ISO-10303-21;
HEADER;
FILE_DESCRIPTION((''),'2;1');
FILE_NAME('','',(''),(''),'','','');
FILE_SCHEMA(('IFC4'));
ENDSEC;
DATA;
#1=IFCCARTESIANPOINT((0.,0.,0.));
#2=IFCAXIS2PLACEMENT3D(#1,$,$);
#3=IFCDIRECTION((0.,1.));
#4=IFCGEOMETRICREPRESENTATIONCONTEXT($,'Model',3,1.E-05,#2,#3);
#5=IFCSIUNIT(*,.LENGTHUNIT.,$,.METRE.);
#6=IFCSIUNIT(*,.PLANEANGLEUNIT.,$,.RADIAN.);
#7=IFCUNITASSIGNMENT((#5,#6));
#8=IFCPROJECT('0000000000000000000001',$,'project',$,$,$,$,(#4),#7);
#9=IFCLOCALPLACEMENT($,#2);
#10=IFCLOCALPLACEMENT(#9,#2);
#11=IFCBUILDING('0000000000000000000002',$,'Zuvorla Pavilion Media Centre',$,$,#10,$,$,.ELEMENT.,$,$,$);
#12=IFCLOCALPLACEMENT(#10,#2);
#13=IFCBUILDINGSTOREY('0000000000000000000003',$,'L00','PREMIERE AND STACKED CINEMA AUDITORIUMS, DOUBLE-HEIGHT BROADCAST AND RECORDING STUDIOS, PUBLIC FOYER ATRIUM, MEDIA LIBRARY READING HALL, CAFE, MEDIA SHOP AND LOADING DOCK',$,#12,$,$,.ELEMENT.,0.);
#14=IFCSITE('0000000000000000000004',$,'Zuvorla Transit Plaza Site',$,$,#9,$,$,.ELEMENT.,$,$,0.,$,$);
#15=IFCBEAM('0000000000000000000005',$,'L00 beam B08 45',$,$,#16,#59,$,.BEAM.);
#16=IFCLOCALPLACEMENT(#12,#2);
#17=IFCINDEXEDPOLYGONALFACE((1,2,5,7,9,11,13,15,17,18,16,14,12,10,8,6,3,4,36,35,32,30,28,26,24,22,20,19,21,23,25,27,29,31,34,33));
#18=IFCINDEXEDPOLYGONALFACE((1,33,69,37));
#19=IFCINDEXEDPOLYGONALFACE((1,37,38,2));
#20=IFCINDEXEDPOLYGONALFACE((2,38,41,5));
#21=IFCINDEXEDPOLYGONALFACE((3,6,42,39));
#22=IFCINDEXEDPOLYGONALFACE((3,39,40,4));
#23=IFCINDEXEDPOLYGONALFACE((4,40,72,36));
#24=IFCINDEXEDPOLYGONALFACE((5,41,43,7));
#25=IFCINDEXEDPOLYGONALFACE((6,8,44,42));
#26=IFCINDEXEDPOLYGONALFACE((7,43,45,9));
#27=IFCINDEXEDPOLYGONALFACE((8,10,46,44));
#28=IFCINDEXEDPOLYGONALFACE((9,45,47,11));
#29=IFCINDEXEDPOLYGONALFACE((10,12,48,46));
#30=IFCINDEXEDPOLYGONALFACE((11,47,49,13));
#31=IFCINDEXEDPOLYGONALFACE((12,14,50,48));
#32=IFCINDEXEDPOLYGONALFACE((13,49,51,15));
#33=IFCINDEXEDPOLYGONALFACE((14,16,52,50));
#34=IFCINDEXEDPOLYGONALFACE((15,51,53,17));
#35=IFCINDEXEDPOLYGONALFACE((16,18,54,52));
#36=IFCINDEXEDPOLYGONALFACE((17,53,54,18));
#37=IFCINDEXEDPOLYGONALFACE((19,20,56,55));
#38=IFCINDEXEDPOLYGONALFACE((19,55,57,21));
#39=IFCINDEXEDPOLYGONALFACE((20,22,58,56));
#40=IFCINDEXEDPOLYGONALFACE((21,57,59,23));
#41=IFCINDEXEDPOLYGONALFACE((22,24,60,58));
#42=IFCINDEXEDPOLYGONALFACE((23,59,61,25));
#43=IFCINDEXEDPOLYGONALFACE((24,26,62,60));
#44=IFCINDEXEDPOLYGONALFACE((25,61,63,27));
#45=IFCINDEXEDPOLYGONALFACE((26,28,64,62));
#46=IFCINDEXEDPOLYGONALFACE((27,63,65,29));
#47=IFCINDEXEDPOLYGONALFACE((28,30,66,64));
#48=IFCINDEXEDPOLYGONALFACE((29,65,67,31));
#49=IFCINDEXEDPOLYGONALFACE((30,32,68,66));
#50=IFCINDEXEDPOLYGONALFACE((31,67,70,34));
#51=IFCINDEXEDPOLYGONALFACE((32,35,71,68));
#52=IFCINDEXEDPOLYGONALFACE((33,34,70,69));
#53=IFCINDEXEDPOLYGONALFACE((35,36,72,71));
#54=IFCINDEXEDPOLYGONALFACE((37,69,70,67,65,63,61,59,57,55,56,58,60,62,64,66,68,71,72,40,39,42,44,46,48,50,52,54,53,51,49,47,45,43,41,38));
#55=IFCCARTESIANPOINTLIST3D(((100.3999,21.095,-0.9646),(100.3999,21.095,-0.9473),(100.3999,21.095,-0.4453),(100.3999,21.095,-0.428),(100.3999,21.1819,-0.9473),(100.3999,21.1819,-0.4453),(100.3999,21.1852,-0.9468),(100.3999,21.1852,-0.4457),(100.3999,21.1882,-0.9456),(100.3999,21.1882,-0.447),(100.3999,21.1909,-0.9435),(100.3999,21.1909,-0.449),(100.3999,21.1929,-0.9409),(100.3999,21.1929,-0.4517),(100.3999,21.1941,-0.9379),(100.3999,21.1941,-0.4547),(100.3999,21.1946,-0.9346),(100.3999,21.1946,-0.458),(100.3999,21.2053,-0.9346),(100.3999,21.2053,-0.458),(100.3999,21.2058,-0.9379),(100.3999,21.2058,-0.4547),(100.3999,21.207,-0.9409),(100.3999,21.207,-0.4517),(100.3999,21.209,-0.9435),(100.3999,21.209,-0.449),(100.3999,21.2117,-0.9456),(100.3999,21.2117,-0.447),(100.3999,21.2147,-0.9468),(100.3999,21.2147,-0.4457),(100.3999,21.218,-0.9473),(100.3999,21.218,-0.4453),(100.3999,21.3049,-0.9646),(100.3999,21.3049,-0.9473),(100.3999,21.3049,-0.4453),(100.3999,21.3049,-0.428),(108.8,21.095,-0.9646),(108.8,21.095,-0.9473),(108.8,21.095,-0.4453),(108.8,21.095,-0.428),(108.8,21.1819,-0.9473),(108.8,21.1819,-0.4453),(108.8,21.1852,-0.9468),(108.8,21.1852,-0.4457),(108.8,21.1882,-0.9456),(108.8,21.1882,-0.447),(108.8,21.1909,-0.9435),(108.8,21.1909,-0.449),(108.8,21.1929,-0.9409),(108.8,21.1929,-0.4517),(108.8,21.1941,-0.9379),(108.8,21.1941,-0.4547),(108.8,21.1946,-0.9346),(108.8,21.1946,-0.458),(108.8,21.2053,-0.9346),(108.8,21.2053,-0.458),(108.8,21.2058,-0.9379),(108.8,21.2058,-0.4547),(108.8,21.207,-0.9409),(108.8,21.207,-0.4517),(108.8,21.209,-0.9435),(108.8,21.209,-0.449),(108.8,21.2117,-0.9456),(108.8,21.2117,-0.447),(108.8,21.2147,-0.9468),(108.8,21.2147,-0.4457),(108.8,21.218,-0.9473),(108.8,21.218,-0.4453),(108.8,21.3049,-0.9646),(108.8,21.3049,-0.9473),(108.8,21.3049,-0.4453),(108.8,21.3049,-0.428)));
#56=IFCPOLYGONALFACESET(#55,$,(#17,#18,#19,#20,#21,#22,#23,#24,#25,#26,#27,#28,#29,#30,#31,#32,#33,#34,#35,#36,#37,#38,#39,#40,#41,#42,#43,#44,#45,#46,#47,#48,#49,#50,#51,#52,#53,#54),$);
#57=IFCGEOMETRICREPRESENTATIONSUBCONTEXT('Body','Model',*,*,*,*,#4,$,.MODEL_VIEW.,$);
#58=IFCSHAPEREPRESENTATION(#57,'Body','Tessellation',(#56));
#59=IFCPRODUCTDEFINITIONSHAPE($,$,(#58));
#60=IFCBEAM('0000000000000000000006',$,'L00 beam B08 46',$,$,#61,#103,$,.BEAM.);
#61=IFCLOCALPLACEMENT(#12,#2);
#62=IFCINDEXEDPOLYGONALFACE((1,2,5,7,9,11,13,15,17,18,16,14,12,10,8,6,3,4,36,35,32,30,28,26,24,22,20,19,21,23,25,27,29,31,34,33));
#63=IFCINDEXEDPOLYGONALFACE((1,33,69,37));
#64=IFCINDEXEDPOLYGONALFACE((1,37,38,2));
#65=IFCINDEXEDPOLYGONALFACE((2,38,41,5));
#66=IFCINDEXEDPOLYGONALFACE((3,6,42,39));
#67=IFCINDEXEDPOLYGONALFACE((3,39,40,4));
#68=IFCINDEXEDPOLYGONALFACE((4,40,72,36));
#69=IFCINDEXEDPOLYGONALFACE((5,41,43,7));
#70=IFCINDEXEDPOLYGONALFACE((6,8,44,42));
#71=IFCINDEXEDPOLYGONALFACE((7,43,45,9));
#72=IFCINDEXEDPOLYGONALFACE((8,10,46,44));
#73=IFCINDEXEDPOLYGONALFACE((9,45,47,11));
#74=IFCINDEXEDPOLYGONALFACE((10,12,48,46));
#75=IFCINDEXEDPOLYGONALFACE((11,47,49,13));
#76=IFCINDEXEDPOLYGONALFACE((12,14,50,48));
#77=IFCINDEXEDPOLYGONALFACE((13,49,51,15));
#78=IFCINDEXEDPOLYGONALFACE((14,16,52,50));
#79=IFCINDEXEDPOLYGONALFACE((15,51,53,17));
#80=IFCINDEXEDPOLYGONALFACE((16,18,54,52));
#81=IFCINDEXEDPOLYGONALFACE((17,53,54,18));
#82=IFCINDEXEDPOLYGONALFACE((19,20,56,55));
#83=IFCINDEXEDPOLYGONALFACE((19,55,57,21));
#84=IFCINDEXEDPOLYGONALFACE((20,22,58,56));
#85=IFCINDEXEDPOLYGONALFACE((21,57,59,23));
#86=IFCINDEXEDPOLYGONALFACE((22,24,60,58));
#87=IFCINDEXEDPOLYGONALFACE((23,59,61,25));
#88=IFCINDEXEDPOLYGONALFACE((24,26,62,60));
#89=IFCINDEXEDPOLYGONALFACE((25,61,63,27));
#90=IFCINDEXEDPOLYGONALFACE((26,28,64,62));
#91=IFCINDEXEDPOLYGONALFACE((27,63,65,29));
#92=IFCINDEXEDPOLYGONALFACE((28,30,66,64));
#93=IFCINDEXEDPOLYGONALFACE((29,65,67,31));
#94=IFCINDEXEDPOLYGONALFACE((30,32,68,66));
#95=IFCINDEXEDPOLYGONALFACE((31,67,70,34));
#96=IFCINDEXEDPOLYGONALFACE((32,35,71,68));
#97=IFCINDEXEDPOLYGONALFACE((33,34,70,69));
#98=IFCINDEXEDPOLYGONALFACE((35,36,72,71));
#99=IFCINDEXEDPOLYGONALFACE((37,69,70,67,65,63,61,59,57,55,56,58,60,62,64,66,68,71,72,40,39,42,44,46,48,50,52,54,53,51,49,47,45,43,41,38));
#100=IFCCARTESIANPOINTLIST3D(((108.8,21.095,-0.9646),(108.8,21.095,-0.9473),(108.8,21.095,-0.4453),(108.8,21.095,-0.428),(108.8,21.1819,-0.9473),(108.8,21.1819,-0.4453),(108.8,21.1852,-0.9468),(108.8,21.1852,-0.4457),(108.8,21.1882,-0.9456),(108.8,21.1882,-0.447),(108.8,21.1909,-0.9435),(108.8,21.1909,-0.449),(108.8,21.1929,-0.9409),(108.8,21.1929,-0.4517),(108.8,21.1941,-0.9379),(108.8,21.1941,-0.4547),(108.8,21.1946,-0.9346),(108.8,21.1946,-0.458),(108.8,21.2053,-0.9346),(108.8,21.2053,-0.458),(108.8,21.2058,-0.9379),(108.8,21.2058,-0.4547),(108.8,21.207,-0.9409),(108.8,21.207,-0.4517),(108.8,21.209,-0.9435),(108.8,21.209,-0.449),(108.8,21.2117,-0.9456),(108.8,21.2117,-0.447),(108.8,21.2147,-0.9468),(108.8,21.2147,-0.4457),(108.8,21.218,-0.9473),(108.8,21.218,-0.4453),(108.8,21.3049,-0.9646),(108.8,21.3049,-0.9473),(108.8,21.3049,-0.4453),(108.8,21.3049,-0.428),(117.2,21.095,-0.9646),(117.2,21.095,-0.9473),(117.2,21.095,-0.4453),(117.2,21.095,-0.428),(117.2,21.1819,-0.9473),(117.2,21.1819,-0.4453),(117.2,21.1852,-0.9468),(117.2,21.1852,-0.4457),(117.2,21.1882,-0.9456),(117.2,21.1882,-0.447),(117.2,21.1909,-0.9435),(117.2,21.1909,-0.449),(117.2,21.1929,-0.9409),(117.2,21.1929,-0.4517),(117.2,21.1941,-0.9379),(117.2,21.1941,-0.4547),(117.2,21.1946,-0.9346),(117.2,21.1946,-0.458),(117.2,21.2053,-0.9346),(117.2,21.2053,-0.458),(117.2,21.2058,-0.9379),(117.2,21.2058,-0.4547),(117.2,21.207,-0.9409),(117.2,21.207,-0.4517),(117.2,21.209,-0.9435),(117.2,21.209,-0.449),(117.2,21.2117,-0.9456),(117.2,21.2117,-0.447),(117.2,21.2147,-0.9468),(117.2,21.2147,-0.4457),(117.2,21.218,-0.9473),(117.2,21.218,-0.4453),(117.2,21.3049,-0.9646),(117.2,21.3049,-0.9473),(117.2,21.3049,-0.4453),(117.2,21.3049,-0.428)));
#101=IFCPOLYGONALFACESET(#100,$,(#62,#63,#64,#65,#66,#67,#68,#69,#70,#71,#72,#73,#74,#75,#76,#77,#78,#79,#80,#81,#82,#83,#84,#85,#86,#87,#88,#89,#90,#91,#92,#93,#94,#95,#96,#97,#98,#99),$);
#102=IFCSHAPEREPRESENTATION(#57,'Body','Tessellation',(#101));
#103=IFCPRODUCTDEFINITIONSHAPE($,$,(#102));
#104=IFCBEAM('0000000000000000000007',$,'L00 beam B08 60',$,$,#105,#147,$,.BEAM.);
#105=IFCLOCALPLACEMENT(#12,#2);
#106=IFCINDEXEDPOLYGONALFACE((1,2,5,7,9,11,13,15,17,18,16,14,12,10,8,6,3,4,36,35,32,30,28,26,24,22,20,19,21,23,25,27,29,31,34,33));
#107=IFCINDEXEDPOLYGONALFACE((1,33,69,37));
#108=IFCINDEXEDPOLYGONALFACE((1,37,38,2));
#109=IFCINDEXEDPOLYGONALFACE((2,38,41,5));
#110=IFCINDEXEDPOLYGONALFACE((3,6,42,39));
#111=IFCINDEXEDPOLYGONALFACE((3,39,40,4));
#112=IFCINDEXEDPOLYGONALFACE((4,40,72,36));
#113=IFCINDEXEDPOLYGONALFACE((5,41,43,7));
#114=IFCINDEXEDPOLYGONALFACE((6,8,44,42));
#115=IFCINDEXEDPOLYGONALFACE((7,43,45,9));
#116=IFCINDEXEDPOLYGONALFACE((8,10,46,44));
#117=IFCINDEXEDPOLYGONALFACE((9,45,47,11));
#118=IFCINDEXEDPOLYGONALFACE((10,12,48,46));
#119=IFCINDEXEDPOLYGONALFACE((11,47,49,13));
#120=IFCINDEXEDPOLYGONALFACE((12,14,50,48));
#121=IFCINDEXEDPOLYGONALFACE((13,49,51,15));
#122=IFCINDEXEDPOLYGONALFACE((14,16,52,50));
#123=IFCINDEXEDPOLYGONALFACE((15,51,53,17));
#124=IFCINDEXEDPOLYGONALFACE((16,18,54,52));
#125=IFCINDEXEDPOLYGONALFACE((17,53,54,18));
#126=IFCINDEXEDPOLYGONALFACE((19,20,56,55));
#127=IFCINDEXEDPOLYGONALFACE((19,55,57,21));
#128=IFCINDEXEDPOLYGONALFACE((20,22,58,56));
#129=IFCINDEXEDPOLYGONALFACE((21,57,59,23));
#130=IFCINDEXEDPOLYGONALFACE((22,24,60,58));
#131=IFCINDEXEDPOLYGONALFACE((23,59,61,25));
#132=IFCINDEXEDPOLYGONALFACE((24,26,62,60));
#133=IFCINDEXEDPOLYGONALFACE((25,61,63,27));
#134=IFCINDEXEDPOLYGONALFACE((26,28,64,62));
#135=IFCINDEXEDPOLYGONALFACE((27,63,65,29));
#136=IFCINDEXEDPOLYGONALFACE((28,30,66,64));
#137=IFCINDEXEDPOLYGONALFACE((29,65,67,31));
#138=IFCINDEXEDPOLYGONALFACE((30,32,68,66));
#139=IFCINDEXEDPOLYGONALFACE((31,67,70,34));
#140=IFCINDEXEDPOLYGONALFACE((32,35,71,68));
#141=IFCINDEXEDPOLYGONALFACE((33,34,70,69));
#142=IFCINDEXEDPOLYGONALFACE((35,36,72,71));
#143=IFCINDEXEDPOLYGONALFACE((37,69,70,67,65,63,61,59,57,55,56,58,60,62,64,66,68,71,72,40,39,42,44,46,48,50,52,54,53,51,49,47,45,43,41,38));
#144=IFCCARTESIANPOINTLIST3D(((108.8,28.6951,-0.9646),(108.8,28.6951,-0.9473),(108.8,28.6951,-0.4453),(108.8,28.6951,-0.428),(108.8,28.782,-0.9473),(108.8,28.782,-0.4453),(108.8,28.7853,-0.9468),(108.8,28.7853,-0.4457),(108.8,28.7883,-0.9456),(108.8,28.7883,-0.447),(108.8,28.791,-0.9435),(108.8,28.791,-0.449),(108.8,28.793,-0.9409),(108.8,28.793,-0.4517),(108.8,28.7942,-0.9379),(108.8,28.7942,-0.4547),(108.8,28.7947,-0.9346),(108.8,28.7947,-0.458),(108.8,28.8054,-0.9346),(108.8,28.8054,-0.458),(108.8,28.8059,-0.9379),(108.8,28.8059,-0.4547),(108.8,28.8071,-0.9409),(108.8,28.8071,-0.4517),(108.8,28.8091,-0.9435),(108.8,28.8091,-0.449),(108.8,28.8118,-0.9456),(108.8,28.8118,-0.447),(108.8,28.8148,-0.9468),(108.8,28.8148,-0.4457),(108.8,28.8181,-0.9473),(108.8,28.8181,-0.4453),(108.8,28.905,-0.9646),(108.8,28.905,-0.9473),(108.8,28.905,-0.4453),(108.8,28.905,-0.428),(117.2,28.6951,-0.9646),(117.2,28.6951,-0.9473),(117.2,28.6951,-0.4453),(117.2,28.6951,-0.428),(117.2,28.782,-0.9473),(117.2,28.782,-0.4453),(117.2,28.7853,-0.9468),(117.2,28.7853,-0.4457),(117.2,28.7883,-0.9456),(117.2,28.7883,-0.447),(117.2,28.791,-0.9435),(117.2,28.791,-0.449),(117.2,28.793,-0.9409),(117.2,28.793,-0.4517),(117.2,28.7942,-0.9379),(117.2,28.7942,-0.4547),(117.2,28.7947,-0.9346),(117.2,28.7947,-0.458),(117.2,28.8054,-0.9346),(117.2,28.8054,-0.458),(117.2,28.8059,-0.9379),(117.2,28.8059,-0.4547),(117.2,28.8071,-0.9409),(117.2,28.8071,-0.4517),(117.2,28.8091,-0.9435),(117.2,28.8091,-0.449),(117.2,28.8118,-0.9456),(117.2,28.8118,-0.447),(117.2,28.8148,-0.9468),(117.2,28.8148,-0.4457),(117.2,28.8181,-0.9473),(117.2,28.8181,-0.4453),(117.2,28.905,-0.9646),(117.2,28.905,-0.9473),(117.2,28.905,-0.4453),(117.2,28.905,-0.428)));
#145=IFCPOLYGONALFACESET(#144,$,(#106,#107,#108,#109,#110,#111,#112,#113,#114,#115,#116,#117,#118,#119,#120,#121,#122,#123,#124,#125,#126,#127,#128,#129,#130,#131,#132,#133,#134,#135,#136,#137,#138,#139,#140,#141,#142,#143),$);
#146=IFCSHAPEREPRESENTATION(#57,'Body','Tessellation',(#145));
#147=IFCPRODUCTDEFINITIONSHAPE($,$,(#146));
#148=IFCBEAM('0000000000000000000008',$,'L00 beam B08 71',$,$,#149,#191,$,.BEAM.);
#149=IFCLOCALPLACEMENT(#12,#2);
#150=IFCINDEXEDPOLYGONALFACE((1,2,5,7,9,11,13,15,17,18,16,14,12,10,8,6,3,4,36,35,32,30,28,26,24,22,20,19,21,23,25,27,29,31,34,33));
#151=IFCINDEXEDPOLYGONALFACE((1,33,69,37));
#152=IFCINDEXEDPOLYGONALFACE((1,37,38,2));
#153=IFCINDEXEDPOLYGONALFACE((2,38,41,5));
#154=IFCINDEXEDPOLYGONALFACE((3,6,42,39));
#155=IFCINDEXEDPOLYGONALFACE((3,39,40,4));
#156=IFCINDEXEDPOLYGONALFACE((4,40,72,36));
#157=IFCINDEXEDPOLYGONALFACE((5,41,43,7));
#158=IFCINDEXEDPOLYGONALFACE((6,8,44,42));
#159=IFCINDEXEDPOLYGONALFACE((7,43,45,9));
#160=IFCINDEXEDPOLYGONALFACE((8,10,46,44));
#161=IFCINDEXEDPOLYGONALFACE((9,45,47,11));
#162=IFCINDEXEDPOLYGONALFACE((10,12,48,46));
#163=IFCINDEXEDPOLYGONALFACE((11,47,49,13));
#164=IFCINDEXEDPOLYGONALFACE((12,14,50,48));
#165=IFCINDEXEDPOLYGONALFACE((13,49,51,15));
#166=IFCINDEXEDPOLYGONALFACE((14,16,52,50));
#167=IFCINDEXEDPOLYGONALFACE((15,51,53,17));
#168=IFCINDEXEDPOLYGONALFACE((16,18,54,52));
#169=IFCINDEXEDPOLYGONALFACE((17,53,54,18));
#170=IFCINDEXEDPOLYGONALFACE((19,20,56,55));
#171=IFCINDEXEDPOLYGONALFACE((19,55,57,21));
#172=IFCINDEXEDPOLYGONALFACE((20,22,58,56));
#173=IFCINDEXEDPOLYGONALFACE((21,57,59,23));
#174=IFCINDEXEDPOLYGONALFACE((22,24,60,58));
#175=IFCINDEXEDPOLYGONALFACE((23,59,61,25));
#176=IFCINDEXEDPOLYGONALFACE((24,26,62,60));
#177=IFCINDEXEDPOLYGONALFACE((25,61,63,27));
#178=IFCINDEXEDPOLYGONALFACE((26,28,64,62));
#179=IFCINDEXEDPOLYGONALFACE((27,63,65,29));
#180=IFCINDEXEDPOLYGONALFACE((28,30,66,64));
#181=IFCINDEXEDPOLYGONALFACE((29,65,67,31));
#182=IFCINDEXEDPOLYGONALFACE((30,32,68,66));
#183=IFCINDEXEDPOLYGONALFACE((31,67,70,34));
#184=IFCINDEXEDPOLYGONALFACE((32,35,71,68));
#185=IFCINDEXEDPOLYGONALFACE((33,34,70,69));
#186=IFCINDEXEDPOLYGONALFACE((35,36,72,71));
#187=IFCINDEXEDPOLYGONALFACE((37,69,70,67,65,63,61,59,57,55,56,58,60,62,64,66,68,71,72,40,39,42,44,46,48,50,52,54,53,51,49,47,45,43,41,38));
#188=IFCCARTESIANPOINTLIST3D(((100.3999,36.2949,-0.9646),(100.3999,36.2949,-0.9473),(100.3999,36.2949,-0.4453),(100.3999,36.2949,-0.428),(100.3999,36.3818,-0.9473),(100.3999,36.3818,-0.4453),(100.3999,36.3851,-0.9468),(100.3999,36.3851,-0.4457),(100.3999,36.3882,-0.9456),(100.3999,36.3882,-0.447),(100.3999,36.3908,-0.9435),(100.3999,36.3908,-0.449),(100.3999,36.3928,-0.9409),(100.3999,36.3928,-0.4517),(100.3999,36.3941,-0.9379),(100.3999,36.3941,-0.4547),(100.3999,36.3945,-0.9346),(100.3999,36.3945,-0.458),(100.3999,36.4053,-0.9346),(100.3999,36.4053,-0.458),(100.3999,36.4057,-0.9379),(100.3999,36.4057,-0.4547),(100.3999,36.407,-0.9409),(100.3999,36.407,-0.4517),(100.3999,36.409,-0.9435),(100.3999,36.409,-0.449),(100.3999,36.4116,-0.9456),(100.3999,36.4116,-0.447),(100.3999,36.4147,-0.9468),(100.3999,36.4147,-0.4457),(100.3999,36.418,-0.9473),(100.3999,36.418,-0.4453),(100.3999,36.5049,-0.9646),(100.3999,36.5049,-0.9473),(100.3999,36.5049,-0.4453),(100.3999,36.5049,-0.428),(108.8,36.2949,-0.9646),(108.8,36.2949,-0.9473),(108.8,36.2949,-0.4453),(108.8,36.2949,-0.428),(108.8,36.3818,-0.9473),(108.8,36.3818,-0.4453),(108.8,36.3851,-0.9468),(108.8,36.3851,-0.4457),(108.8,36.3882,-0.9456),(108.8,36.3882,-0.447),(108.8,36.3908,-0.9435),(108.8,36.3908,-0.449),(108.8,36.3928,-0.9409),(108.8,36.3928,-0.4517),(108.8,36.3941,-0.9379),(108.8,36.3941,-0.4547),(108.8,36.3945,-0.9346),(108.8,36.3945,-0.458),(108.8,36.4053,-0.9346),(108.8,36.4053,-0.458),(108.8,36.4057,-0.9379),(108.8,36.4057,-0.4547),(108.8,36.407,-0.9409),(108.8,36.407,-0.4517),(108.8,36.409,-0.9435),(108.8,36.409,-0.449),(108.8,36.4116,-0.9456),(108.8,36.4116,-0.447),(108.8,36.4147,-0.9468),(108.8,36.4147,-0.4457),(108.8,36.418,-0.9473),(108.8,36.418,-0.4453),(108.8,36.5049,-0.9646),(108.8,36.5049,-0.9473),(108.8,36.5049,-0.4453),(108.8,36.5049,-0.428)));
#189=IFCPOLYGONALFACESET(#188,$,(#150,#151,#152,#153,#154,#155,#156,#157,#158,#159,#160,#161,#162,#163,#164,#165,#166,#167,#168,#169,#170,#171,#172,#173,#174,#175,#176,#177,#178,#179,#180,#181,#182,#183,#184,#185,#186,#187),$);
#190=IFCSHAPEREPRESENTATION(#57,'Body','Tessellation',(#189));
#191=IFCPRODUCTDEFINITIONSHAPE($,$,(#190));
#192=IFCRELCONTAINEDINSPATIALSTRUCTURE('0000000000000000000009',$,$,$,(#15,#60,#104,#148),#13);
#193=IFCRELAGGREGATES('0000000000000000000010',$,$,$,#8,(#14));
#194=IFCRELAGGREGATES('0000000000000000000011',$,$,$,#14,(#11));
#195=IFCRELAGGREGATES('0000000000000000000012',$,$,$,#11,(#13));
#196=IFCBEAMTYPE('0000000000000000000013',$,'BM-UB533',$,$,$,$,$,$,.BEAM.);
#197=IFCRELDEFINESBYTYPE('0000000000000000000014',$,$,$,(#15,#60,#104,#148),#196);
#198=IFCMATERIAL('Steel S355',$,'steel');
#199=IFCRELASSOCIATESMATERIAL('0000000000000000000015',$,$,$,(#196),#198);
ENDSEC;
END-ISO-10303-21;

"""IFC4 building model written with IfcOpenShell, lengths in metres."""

from ifc_helpers import new_model, si_unit, direction, frame, origin, origin_2d, place, context, subcontext, project, spatial, i_section, extrude, material, material_profile, profile_set, type_object, element, save


model = new_model("IFC4")

# Units and contexts
model_context = context("Model", 3, precision=1e-05, world=origin(), true_north=direction((0.0, 1.0)))
body_context = subcontext(model_context, "Body", "Model", "MODEL_VIEW")
ifc_project = project(units=[si_unit("LENGTHUNIT", "METRE"), si_unit("PLANEANGLEUNIT", "RADIAN")], contexts=[model_context])

# Site, building, storey
site_placement = place(None, origin())
site = spatial("IfcSite", under=ifc_project, at=site_placement, Name="Zuvorla Transit Plaza Site", CompositionType="ELEMENT", RefElevation=0.0)
building_placement = place(site_placement, origin())
building = spatial("IfcBuilding", under=site, at=building_placement, Name="Zuvorla Pavilion Media Centre", CompositionType="ELEMENT")
storey_placement = place(building_placement, origin())
storey = spatial("IfcBuildingStorey", under=building, at=storey_placement, Name="L00", Description="PREMIERE AND STACKED CINEMA AUDITORIUMS, DOUBLE-HEIGHT BROADCAST AND RECORDING STUDIOS, PUBLIC FOYER ATRIUM, MEDIA LIBRARY READING HALL, CAFE, MEDIA SHOP AND LOADING DOCK", CompositionType="ELEMENT", Elevation=0.0)

# Beams
ifc_material_1 = material(Name="Steel S355", Category="steel")
ifc_material_profile_1 = material_profile(ifc_material_1, i_section(OverallWidth=0.21, OverallDepth=0.5366, WebThickness=0.0107, FlangeThickness=0.0173, FilletRadius=0.0127, at=origin_2d()), Name="UB 533x210x101")
ifc_profile_set_1 = profile_set([ifc_material_profile_1], Name="Steel S355")
beam_type_1 = type_object("IfcBeamType", Name="BM-UB533", PredefinedType="BEAM", material=ifc_profile_set_1)
beam_1_placement = place(storey_placement, frame((100.3999, 21.2, -0.6963), z_axis=(1.0, 0.0, 0.0), x_axis=(0.0, 1.0, 0.0)))
element("IfcBeam", 1, at=beam_1_placement, inside=storey, type_object=beam_type_1, Name="L00 beam B08 45", PredefinedType="BEAM", context=body_context, shape_type="SweptSolid", body=[
    extrude(i_section(OverallWidth=0.21, OverallDepth=0.5366, WebThickness=0.0107, FlangeThickness=0.0173, FilletRadius=0.0127, at=origin_2d()), origin(), (0.0, 0.0, 1.0), 8.4001),
])
for number, where, z_axis, x_axis, name in (
    (2, (108.8, 21.2, -0.6963), (1.0, 0.0, 0.0), (0.0, 1.0, 0.0), "L00 beam B08 46"),
    (3, (108.8, 28.8, -0.6963), (1.0, 0.0, 0.0), (0.0, 1.0, 0.0), "L00 beam B08 60"),
):
    element("IfcBeam", number, at=place(storey_placement, frame(where, z_axis=z_axis, x_axis=x_axis)), inside=storey, type_object=beam_type_1, Name=name, PredefinedType="BEAM", context=body_context, shape_type="SweptSolid", body=[
        extrude(i_section(OverallWidth=0.21, OverallDepth=0.5366, WebThickness=0.0107, FlangeThickness=0.0173, FilletRadius=0.0127, at=origin_2d()), origin(), (0.0, 0.0, 1.0), 8.3999),
    ])
beam_2_placement = place(storey_placement, frame((100.3999, 36.3999, -0.6963), z_axis=(1.0, 0.0, 0.0), x_axis=(0.0, 1.0, 0.0)))
element("IfcBeam", 4, at=beam_2_placement, inside=storey, type_object=beam_type_1, Name="L00 beam B08 71", PredefinedType="BEAM", context=body_context, shape_type="SweptSolid", body=[
    extrude(i_section(OverallWidth=0.21, OverallDepth=0.5366, WebThickness=0.0107, FlangeThickness=0.0173, FilletRadius=0.0127, at=origin_2d()), origin(), (0.0, 0.0, 1.0), 8.4001),
])

save(model, "model.ifc")
